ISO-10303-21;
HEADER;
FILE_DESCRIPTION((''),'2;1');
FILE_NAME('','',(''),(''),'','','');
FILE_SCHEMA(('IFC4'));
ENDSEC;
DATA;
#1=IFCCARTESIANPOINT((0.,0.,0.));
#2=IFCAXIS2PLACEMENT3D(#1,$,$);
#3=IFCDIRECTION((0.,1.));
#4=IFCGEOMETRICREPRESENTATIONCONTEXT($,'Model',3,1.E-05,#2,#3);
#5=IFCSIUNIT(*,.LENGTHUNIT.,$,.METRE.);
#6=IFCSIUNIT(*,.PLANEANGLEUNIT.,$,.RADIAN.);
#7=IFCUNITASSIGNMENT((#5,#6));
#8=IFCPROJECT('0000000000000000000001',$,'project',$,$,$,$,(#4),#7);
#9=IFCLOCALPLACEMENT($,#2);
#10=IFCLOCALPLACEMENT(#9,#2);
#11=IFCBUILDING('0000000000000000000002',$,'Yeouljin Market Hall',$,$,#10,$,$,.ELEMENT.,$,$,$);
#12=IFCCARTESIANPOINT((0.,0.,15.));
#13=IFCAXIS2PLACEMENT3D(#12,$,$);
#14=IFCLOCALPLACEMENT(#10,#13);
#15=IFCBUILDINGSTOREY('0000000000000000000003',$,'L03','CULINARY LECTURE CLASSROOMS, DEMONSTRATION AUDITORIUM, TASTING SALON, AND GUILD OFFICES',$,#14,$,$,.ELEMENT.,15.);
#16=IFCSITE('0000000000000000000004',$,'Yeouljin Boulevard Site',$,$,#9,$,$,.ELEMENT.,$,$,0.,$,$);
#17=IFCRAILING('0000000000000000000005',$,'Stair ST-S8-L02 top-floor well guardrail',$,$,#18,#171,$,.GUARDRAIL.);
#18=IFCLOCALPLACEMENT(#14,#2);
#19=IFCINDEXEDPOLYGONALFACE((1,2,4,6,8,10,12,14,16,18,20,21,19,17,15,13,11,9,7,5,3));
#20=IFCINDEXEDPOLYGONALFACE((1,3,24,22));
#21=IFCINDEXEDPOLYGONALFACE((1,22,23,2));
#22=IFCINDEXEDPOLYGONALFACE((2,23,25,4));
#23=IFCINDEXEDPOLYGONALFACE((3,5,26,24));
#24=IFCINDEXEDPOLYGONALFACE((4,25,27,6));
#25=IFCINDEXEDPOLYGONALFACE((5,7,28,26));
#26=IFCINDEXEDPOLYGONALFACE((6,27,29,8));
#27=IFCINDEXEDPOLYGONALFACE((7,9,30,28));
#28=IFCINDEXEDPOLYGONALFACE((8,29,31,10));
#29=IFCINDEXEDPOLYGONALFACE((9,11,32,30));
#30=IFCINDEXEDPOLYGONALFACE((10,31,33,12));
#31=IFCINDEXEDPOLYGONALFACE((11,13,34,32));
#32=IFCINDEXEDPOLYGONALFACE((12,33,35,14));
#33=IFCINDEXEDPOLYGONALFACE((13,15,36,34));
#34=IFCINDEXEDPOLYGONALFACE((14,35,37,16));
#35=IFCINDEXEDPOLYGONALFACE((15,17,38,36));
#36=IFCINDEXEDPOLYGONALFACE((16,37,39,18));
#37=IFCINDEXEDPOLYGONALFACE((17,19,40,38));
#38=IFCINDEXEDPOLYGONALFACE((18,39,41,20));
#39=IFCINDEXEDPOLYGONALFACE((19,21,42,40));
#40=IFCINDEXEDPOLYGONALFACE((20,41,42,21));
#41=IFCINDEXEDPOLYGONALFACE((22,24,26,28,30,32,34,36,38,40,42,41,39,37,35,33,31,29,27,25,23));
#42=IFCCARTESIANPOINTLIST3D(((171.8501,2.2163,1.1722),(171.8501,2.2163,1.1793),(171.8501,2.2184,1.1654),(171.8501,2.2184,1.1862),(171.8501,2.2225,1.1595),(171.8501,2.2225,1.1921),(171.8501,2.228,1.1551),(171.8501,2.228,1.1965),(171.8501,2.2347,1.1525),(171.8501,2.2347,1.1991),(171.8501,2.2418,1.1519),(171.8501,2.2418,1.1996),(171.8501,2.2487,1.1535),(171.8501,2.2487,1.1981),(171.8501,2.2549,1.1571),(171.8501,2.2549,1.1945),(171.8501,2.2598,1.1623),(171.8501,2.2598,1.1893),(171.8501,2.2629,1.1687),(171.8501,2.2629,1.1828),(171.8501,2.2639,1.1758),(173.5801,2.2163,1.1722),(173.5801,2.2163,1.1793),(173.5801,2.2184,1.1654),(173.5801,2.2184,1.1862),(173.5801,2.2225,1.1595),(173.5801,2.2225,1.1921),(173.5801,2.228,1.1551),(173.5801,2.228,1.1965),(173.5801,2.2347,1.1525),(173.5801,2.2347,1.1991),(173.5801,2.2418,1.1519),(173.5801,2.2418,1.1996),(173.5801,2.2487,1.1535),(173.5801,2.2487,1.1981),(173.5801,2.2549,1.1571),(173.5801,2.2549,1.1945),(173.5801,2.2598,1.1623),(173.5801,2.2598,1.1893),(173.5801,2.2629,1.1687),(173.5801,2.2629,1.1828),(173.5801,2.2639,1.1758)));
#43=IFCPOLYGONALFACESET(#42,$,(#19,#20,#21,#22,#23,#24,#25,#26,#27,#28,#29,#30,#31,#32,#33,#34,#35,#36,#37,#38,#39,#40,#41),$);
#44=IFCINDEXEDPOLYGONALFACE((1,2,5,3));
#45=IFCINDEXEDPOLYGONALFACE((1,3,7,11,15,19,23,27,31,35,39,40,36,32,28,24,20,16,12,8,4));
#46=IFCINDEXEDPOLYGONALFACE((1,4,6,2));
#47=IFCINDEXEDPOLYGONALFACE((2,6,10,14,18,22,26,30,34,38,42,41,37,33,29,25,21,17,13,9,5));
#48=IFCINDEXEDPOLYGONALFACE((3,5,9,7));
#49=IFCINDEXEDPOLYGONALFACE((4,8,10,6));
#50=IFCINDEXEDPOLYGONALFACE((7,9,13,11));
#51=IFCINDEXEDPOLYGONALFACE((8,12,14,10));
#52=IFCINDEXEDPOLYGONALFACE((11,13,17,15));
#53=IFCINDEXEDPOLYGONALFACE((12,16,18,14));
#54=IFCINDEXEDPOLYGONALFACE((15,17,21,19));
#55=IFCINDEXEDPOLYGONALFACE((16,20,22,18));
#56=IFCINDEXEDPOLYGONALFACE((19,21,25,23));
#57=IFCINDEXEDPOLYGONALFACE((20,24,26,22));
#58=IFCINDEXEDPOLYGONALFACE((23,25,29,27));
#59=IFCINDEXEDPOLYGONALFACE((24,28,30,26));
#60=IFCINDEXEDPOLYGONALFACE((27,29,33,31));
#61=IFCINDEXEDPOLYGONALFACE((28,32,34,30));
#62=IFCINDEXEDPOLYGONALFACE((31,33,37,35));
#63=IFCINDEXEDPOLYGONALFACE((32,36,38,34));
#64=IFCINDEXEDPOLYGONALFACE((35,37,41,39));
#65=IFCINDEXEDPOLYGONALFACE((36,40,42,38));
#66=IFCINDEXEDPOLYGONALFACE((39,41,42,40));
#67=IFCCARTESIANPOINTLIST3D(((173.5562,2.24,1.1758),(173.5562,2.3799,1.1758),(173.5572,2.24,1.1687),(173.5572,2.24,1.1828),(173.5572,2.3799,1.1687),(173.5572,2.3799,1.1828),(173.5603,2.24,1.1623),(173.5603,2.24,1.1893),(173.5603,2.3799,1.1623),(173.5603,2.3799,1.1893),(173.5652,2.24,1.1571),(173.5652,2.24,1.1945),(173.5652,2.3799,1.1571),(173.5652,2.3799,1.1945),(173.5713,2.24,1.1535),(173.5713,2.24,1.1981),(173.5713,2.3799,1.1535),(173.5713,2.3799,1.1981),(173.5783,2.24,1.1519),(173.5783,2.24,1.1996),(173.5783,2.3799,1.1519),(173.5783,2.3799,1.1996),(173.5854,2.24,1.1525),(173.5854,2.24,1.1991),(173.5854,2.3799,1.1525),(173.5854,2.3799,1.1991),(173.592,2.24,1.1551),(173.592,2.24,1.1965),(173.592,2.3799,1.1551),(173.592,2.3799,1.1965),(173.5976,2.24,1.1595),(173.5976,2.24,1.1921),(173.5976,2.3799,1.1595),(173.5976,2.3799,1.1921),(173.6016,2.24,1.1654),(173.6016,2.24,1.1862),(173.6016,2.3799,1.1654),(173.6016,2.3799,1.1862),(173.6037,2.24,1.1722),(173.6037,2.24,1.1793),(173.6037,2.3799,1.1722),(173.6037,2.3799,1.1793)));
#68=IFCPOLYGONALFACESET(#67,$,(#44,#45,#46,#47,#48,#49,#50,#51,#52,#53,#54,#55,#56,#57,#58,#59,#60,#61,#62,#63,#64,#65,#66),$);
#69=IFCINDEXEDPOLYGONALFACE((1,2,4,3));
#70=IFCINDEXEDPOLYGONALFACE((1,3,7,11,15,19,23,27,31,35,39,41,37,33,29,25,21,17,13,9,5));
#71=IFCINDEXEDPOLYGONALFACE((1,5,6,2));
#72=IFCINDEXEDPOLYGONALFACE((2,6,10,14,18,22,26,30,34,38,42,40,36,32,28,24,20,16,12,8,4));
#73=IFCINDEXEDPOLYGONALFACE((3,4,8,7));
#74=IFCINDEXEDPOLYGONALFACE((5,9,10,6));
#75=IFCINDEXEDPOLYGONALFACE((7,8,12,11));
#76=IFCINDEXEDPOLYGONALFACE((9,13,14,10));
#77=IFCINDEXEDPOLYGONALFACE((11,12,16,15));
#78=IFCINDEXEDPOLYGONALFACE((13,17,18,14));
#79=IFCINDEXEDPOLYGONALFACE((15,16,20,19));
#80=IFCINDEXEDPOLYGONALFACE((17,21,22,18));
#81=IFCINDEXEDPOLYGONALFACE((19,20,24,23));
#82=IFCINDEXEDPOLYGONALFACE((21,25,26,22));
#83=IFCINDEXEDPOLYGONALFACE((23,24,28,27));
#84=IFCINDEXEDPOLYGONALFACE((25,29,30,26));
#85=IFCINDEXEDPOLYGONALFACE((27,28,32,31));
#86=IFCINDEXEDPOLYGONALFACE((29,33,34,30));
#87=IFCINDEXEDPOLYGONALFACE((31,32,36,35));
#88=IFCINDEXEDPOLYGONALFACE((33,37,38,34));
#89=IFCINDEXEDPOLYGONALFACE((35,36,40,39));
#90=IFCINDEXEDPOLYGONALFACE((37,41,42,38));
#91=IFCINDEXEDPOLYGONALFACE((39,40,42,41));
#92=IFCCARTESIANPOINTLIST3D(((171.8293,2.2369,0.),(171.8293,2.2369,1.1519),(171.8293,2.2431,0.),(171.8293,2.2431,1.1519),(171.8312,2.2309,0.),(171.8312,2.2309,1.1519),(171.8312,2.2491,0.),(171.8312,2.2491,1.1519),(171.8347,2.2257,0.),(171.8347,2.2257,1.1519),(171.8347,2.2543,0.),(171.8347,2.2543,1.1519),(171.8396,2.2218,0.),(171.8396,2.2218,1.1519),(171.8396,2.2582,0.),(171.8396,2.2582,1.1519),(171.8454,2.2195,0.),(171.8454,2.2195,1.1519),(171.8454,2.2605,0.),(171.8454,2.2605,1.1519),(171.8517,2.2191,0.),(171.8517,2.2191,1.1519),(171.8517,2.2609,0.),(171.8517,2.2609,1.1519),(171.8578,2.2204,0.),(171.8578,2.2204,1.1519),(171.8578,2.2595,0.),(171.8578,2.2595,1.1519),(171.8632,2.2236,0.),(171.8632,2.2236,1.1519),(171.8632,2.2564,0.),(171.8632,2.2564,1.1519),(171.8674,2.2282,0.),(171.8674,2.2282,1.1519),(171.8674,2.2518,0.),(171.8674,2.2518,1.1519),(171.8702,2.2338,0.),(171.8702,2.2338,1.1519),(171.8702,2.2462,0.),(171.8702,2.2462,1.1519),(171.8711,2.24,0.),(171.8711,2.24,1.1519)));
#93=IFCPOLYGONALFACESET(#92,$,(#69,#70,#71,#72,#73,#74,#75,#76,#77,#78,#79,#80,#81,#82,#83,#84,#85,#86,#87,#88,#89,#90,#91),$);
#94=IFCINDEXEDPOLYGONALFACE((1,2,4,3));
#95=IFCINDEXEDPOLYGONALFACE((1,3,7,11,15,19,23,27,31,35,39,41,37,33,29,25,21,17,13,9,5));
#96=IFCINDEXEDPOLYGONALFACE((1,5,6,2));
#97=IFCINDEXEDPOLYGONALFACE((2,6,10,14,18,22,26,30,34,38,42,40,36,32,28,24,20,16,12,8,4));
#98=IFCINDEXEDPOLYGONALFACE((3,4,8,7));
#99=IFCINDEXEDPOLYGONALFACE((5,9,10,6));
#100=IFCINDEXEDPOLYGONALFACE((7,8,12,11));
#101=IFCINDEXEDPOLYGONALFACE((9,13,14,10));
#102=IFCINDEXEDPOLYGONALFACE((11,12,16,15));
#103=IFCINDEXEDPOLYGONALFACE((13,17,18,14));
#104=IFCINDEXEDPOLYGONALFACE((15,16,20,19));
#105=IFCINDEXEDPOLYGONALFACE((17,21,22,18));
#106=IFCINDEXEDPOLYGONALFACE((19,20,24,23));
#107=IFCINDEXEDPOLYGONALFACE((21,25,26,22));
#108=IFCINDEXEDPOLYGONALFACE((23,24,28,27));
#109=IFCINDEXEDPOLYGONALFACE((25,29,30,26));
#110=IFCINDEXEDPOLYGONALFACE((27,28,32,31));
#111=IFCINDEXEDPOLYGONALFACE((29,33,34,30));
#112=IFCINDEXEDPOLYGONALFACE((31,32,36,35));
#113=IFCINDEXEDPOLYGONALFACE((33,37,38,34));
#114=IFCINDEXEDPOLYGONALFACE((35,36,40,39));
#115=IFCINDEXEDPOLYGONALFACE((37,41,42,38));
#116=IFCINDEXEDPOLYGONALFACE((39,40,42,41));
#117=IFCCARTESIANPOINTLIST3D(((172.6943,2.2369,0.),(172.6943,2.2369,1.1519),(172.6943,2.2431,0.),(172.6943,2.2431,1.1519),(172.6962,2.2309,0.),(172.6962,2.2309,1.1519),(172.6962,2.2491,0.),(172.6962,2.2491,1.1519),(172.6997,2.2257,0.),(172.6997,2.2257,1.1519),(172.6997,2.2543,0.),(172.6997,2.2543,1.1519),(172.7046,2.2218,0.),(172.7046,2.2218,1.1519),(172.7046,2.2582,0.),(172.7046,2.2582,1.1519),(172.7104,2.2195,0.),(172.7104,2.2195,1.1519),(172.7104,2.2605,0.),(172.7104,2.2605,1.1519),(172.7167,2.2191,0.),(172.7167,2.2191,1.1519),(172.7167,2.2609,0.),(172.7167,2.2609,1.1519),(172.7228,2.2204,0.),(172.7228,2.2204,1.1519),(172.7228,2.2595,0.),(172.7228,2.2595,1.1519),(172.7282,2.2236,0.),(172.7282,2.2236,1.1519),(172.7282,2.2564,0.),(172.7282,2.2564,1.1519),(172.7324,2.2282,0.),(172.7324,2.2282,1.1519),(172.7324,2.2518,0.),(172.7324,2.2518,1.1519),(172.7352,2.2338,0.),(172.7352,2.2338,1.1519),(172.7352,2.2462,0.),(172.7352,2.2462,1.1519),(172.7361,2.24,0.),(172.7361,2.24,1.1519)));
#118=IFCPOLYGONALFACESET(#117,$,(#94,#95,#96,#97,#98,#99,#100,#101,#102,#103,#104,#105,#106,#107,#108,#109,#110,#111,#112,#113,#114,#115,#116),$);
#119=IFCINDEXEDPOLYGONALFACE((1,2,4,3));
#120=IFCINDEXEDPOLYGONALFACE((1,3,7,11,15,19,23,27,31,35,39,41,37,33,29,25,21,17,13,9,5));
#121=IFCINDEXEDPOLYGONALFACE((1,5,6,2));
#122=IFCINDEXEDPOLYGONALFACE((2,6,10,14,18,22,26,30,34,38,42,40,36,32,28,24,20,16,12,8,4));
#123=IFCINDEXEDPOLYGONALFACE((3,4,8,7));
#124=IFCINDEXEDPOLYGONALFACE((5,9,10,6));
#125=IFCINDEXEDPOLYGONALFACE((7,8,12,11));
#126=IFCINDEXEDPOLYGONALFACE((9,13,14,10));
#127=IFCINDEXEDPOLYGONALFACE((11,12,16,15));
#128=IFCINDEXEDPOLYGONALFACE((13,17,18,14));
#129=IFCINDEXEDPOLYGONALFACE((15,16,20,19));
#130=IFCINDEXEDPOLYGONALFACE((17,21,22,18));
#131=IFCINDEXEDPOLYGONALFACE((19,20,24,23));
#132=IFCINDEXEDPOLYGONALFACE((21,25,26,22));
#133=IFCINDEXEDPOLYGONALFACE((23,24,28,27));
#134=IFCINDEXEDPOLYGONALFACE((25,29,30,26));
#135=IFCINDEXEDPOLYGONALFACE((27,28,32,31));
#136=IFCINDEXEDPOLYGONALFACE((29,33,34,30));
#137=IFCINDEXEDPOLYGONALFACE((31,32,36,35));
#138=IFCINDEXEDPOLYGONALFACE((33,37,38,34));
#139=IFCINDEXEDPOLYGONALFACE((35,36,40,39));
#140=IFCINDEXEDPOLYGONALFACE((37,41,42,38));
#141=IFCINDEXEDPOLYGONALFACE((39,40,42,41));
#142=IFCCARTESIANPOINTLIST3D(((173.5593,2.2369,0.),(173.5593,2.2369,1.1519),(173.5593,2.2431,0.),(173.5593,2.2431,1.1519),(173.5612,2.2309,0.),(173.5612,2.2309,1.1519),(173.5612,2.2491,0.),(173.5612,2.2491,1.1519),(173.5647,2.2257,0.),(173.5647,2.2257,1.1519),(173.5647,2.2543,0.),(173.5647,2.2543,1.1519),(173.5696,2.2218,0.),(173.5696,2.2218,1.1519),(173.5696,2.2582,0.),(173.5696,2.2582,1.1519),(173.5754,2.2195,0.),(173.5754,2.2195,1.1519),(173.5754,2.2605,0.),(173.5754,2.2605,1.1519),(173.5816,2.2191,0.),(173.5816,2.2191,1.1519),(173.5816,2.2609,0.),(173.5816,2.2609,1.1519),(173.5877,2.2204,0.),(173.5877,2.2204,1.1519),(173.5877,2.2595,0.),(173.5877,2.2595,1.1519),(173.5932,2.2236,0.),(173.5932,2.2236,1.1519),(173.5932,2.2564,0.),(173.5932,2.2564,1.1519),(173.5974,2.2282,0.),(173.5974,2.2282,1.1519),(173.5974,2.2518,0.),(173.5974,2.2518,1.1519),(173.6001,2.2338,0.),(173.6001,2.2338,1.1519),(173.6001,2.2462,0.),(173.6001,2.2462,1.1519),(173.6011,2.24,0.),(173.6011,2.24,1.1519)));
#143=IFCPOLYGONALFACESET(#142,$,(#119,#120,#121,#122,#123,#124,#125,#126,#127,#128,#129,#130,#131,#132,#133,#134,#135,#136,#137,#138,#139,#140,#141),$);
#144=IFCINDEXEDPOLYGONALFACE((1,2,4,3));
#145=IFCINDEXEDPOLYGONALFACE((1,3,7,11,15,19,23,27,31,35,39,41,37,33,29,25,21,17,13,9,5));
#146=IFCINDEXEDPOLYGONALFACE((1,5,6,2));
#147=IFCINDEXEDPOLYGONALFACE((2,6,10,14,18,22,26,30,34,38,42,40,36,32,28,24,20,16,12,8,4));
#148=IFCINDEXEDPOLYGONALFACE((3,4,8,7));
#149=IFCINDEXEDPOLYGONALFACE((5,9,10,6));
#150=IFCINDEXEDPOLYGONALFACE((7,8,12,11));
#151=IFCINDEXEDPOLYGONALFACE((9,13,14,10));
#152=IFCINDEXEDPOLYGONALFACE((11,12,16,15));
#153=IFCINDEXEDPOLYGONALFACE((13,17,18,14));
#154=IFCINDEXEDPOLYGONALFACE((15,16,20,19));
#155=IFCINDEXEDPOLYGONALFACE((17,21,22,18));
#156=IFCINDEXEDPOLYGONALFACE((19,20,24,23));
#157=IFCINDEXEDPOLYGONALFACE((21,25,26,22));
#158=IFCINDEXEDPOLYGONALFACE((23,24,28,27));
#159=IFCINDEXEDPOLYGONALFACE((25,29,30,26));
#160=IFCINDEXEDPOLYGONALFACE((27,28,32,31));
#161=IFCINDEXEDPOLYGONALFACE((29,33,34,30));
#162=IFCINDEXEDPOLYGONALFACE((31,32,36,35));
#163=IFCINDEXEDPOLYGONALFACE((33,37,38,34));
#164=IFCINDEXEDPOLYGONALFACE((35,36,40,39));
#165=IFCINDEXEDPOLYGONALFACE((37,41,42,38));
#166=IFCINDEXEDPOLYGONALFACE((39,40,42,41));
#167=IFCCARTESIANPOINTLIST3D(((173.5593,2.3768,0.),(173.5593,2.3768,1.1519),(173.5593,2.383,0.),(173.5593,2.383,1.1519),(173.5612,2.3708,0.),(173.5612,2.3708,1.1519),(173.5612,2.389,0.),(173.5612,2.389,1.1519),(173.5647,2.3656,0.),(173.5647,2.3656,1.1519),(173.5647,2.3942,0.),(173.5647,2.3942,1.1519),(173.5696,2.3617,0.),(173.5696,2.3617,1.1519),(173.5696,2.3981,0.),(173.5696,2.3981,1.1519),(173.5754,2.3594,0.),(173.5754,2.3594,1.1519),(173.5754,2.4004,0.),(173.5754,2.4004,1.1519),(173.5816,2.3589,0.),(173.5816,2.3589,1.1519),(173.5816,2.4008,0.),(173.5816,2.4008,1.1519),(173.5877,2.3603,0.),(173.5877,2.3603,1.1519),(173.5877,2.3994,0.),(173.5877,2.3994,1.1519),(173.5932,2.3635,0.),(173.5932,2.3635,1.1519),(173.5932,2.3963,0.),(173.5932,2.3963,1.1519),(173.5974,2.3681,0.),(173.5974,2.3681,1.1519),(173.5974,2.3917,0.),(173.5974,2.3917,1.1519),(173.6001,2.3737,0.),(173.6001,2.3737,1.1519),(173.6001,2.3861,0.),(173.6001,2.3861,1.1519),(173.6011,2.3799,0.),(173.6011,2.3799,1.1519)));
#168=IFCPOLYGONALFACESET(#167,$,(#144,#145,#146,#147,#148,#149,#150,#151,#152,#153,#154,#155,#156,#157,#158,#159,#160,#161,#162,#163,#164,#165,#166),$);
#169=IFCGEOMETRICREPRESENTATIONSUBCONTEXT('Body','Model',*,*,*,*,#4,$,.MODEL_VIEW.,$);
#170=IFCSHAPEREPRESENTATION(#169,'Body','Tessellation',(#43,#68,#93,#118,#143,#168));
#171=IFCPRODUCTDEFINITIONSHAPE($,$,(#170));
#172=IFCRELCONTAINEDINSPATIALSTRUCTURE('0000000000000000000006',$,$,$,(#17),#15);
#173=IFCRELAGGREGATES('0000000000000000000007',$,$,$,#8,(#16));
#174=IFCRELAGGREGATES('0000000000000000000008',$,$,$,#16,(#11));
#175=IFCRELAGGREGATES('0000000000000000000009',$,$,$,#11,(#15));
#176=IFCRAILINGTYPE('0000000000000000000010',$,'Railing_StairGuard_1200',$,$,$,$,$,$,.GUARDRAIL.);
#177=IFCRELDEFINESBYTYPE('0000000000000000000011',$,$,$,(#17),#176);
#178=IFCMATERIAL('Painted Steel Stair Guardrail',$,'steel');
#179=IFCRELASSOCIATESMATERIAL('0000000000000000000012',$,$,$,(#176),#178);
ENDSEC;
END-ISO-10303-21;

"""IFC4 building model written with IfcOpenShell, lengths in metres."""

from ifc_helpers import new_model, si_unit, direction, frame, origin, origin_2d, place, context, subcontext, project, spatial, circle, extrude, material, type_object, element, save


model = new_model("IFC4")

# Units and contexts
model_context = context("Model", 3, precision=1e-05, world=origin(), true_north=direction((0.0, 1.0)))
body_context = subcontext(model_context, "Body", "Model", "MODEL_VIEW")
ifc_project = project(units=[si_unit("LENGTHUNIT", "METRE"), si_unit("PLANEANGLEUNIT", "RADIAN")], contexts=[model_context])

# Site, building, storey
site_placement = place(None, origin())
site = spatial("IfcSite", under=ifc_project, at=site_placement, Name="Yeouljin Boulevard Site", CompositionType="ELEMENT", RefElevation=0.0)
building_placement = place(site_placement, origin())
building = spatial("IfcBuilding", under=site, at=building_placement, Name="Yeouljin Market Hall", CompositionType="ELEMENT")
storey_placement = place(building_placement, frame((0.0, 0.0, 15.0)))
storey = spatial("IfcBuildingStorey", under=building, at=storey_placement, Name="L03", Description="CULINARY LECTURE CLASSROOMS, DEMONSTRATION AUDITORIUM, TASTING SALON, AND GUILD OFFICES", CompositionType="ELEMENT", Elevation=15.0)

# Railing
ifc_material_1 = material(Name="Painted Steel Stair Guardrail", Category="steel")
railing_type = type_object("IfcRailingType", Name="Railing_StairGuard_1200", PredefinedType="GUARDRAIL", material=ifc_material_1)
railing_placement = place(storey_placement, frame((171.8501, 2.24, 0.0)))
element("IfcRailing", 1, at=railing_placement, inside=storey, type_object=railing_type, Name="Stair ST-S8-L02 top-floor well guardrail", PredefinedType="GUARDRAIL", context=body_context, shape_type="SweptSolid", body=[
    extrude(circle(Radius=0.0239, at=origin_2d()), frame((0.0, 0.0, 1.1758), z_axis=(1.0, 0.0, 0.0), x_axis=(0.0, 1.0, 0.0)), (0.0, 0.0, 1.0), 1.73),
    extrude(circle(Radius=0.0239, at=origin_2d()), frame((1.73, 0.0, 1.1758), z_axis=(0.0, 1.0, 0.0), x_axis=(-1.0, 0.0, 0.0)), (0.0, 0.0, 1.0), 0.1399),
    extrude(circle(Radius=0.021, at=origin_2d()), origin(), (0.0, 0.0, 1.0), 1.1519),
    extrude(circle(Radius=0.021, at=origin_2d()), frame((0.865, 0.0, 0.0)), (0.0, 0.0, 1.0), 1.1519),
    extrude(circle(Radius=0.021, at=origin_2d()), frame((1.73, 0.0, 0.0)), (0.0, 0.0, 1.0), 1.1519),
    extrude(circle(Radius=0.021, at=origin_2d()), frame((1.73, 0.1399, 0.0)), (0.0, 0.0, 1.0), 1.1519),
])

save(model, "model.ifc")
